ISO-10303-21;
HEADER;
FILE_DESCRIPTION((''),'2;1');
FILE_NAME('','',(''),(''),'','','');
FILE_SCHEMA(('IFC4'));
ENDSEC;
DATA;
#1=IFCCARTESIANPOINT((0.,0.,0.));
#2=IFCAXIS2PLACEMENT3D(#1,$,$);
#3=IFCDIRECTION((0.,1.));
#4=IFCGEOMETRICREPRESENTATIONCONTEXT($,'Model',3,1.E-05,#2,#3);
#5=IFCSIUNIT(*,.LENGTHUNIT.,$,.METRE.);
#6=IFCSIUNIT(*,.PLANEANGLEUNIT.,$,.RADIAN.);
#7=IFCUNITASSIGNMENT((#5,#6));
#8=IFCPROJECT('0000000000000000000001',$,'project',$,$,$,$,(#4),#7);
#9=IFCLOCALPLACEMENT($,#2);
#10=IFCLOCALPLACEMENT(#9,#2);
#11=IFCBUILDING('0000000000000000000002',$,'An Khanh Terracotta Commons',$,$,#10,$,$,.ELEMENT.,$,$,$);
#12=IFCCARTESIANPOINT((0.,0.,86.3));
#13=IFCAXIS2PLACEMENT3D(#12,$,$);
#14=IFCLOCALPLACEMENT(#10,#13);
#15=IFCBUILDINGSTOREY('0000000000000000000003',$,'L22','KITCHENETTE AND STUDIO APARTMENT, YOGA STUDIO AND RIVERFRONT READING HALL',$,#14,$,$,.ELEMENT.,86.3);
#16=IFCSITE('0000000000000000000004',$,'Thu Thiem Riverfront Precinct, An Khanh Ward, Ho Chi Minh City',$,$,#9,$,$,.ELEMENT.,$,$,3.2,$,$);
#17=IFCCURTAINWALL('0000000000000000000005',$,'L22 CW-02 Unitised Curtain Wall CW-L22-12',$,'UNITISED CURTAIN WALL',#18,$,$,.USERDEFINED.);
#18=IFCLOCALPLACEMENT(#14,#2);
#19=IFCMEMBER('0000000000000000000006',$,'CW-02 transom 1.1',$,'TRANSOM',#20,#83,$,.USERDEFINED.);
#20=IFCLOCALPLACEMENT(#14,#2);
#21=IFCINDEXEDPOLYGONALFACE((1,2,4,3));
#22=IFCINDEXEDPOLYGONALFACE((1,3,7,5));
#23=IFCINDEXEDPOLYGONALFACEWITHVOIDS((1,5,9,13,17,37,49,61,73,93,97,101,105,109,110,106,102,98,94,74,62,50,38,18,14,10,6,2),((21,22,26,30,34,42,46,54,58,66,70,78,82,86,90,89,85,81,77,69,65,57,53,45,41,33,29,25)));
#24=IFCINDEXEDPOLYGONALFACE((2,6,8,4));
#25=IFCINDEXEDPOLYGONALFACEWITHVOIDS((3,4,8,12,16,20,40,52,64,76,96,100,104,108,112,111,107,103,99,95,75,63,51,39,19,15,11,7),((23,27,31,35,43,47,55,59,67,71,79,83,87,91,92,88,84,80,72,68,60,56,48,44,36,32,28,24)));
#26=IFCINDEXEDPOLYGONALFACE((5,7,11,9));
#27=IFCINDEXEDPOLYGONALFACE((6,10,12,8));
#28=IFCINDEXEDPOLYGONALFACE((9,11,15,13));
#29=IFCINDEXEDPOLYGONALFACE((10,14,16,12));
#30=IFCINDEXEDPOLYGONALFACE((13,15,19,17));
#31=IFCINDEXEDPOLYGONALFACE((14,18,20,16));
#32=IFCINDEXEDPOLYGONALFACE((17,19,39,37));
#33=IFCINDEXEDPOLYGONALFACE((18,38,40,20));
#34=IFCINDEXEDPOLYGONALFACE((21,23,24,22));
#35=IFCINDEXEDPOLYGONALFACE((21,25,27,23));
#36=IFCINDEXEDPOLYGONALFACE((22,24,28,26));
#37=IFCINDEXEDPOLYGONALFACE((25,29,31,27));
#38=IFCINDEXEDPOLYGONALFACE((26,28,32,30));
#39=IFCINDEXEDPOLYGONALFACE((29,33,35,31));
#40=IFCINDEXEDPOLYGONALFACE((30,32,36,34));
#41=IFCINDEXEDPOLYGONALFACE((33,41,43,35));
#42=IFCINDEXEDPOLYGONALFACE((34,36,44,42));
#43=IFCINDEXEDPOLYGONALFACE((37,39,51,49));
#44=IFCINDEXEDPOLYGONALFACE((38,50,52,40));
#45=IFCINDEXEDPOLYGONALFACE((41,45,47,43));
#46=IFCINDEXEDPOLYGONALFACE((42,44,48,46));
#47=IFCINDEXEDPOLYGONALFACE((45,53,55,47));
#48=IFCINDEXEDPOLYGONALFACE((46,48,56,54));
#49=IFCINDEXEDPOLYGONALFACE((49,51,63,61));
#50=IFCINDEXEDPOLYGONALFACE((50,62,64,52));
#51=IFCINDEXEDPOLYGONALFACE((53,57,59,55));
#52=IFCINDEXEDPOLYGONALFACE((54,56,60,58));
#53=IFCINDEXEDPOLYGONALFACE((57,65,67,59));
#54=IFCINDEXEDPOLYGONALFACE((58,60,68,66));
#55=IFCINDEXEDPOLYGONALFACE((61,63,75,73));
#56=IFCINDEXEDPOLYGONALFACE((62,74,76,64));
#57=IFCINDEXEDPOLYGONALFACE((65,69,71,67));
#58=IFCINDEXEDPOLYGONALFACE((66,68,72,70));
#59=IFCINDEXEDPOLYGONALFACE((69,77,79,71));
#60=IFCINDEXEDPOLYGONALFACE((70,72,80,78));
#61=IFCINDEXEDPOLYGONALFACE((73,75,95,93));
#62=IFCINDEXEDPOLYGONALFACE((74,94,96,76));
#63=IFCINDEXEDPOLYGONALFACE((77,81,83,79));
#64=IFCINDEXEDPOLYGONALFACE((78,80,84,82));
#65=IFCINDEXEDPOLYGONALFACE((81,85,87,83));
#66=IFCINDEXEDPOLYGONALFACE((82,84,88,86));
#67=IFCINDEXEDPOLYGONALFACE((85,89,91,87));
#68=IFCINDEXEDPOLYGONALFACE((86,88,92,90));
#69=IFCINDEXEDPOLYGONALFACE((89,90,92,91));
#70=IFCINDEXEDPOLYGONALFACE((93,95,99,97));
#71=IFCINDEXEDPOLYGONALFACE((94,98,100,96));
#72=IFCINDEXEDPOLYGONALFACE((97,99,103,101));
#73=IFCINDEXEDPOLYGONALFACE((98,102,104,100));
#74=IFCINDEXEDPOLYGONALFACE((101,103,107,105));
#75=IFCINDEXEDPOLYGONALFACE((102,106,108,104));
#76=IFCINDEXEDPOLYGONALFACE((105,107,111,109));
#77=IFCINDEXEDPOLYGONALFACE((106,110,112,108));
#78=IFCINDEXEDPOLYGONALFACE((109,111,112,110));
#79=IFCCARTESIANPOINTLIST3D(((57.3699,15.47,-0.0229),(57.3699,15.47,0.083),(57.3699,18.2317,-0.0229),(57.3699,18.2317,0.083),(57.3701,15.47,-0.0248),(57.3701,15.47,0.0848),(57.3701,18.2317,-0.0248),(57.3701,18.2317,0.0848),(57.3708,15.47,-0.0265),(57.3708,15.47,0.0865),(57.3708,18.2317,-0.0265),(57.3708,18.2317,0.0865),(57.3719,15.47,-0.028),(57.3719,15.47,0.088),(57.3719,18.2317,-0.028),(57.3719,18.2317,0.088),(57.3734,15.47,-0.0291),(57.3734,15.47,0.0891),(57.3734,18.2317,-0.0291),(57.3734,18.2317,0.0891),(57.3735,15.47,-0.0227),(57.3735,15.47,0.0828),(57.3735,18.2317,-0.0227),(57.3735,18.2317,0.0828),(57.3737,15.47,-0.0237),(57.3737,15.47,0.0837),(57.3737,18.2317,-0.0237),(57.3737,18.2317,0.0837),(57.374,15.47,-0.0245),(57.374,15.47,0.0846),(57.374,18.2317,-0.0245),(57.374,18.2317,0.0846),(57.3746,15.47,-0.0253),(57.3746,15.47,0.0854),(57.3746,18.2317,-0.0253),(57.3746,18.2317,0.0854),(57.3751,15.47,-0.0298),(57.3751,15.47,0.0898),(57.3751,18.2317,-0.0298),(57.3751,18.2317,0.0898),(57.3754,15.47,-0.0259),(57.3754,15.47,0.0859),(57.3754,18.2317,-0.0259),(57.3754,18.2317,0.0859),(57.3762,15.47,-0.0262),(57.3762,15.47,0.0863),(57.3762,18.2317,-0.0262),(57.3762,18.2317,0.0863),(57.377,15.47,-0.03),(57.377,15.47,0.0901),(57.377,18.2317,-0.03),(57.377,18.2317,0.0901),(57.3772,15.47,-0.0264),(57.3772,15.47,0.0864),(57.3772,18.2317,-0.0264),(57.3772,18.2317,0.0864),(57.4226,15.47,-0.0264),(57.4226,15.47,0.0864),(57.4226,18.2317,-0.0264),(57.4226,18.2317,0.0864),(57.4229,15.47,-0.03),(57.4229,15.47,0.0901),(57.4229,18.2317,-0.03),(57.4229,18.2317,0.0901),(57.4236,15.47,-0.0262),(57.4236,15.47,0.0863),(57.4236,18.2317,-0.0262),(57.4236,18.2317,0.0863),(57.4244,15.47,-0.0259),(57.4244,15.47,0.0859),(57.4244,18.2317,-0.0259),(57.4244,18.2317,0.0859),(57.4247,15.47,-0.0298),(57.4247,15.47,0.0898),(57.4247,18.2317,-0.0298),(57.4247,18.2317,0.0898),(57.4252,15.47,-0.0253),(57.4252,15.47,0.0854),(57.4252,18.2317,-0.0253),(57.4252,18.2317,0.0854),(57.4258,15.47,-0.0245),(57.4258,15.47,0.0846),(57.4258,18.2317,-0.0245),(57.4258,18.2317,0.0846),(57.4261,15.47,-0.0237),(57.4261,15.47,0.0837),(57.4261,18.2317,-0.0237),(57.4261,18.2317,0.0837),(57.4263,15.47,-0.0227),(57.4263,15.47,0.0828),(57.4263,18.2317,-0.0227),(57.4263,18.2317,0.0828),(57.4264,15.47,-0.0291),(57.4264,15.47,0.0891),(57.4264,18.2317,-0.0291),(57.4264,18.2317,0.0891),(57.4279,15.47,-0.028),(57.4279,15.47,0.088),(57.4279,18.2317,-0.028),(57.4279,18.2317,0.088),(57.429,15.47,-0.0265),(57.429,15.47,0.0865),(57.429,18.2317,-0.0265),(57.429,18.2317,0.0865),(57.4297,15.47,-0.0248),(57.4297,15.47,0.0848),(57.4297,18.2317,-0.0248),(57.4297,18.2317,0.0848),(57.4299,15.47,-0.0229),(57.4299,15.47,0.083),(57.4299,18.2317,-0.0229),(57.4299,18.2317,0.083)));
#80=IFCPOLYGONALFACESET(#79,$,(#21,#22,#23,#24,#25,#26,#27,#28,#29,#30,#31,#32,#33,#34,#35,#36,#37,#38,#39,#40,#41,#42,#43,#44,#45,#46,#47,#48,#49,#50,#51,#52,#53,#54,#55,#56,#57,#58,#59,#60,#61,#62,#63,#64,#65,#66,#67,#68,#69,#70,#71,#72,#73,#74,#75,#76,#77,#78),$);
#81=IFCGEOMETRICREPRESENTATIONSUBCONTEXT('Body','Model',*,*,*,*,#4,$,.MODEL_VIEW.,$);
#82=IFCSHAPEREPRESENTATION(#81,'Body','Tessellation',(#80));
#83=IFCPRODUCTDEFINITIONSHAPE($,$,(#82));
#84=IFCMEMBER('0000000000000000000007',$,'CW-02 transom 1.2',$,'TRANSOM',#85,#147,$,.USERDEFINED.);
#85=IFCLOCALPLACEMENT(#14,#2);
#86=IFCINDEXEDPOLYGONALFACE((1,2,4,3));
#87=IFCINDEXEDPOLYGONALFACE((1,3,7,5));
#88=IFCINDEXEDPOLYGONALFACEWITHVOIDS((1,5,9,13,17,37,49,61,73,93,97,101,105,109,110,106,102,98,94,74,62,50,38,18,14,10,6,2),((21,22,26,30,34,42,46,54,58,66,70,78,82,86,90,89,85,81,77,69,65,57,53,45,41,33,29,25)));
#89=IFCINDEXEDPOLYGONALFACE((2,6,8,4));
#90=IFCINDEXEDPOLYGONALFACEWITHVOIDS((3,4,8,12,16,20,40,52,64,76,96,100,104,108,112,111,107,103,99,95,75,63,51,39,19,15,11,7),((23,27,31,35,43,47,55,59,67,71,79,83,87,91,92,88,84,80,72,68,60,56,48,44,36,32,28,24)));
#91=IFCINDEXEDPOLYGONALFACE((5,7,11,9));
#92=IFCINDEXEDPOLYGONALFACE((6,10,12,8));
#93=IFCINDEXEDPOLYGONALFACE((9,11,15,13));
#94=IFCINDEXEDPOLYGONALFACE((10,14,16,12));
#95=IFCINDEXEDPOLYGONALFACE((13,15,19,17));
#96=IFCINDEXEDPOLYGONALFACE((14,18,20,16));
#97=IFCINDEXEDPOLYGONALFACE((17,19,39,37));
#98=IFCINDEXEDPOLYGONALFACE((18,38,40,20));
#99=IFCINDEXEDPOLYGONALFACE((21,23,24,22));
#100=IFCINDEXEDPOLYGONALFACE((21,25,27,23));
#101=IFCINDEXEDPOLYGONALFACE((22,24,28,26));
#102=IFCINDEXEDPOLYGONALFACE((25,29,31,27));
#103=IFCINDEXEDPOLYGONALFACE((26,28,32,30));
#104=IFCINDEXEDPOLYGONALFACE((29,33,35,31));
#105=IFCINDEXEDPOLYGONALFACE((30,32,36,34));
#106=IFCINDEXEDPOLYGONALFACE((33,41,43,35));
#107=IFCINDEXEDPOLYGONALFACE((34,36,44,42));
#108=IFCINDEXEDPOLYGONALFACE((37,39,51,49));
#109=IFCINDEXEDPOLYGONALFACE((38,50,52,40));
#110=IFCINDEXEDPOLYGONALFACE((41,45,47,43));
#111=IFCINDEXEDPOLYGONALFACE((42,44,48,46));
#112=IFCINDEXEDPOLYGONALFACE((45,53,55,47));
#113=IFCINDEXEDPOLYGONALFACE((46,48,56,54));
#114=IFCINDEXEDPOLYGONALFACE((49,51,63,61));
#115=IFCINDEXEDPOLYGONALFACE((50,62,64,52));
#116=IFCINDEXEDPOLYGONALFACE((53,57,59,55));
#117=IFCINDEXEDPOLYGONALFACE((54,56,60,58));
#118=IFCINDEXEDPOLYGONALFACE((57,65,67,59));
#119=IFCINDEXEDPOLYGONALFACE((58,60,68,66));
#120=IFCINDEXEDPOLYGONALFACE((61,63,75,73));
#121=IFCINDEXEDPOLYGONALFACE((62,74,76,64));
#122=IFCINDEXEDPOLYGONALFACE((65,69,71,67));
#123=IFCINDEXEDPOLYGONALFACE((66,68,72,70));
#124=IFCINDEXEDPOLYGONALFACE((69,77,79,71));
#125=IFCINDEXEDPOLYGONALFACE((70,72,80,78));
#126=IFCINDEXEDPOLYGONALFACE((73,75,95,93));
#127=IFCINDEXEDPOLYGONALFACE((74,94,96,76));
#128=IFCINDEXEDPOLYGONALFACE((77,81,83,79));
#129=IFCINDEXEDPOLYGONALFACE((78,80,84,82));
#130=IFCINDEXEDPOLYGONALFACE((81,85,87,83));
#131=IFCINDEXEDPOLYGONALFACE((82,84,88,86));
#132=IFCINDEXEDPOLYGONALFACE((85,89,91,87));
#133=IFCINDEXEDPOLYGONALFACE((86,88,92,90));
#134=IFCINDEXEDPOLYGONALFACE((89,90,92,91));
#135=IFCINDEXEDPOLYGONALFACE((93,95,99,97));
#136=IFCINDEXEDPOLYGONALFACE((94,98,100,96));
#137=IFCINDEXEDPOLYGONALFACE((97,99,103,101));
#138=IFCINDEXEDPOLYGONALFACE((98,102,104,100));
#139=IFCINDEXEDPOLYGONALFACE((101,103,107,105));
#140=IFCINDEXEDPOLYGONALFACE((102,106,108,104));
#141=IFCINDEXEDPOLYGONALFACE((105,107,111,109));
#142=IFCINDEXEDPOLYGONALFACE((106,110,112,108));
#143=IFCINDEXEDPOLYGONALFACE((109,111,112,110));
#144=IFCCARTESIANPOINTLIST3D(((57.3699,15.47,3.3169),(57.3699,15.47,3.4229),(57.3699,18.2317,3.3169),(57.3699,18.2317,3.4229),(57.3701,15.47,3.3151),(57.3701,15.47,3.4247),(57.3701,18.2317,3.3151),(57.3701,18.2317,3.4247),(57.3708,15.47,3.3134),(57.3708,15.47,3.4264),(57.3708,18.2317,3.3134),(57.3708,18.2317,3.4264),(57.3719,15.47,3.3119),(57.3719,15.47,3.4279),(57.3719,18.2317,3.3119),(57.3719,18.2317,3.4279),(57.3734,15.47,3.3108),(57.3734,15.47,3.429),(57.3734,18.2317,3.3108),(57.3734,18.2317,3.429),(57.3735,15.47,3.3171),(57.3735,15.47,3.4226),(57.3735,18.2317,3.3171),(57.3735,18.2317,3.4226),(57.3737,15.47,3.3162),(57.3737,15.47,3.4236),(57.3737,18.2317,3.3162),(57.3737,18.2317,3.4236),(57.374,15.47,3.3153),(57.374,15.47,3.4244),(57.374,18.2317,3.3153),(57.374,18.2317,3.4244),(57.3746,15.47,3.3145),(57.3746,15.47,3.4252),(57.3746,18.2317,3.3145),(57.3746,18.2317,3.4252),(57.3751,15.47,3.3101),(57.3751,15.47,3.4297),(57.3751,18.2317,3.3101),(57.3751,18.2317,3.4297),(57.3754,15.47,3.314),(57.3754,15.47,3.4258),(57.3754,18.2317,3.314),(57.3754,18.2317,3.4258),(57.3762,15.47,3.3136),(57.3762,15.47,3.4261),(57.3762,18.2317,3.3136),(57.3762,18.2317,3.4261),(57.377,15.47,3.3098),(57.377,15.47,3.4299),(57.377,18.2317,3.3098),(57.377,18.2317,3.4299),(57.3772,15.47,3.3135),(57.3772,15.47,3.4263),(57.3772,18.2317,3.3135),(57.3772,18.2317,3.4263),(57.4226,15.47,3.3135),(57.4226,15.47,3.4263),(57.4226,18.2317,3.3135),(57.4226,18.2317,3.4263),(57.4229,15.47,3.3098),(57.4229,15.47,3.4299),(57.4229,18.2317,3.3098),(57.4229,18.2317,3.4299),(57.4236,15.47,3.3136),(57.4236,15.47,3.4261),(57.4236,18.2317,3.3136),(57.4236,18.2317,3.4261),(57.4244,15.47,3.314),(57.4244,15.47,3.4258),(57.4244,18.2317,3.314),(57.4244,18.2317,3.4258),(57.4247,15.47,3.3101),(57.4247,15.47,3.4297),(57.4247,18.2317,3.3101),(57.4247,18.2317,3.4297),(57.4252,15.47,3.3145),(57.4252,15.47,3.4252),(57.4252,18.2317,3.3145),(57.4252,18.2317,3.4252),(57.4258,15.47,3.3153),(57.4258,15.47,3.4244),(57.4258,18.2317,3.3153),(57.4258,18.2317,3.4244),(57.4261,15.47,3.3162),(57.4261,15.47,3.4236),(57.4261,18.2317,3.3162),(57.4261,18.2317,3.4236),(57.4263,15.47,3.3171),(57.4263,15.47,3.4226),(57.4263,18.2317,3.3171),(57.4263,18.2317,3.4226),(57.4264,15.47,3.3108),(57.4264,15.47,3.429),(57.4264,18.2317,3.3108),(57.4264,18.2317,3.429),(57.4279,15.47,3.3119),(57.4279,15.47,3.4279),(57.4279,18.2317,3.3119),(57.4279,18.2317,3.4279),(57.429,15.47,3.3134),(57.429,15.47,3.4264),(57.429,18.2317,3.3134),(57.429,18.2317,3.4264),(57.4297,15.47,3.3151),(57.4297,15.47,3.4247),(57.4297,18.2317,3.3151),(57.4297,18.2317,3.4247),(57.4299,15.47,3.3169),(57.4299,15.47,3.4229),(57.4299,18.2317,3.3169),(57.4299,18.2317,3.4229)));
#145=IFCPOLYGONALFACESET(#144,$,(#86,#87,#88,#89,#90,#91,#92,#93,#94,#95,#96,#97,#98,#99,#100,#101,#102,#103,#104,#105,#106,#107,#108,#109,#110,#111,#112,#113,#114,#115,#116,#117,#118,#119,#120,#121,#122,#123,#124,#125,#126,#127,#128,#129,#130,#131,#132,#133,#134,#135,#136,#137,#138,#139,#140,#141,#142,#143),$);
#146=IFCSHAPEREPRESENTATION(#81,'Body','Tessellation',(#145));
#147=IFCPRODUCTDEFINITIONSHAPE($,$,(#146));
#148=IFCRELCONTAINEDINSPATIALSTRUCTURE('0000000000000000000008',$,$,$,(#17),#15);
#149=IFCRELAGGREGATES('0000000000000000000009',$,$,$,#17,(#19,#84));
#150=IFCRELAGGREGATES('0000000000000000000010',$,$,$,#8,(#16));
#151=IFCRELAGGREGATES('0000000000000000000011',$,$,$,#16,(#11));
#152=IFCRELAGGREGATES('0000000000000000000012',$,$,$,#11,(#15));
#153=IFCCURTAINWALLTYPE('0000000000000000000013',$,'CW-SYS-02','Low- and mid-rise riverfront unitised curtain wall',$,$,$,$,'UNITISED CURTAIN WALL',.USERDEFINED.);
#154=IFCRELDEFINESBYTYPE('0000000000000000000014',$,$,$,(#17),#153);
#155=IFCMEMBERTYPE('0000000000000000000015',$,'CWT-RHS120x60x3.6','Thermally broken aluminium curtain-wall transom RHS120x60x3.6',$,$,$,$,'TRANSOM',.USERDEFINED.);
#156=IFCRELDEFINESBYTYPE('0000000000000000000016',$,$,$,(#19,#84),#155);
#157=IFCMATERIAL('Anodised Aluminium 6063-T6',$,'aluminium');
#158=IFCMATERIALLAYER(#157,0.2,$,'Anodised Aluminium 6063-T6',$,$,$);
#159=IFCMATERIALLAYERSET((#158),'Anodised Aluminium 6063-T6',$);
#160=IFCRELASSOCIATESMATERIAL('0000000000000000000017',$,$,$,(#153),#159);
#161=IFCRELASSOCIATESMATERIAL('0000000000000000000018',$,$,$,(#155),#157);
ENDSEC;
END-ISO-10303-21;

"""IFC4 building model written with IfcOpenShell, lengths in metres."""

from ifc_helpers import new_model, si_unit, direction, frame, origin, origin_2d, place, context, subcontext, project, spatial, hollow_rectangle, extrude, material, layer, layer_set, material_profile, profile_set, type_object, element, aggregate, save


model = new_model("IFC4")

# Units and contexts
model_context = context("Model", 3, precision=1e-05, world=origin(), true_north=direction((0.0, 1.0)))
body_context = subcontext(model_context, "Body", "Model", "MODEL_VIEW")
ifc_project = project(units=[si_unit("LENGTHUNIT", "METRE"), si_unit("PLANEANGLEUNIT", "RADIAN")], contexts=[model_context])

# Site, building, storey
site_placement = place(None, origin())
site = spatial("IfcSite", under=ifc_project, at=site_placement, Name="Thu Thiem Riverfront Precinct, An Khanh Ward, Ho Chi Minh City", CompositionType="ELEMENT", RefElevation=3.2)
building_placement = place(site_placement, origin())
building = spatial("IfcBuilding", under=site, at=building_placement, Name="An Khanh Terracotta Commons", CompositionType="ELEMENT")
storey_placement = place(building_placement, frame((0.0, 0.0, 86.3)))
storey = spatial("IfcBuildingStorey", under=building, at=storey_placement, Name="L22", Description="KITCHENETTE AND STUDIO APARTMENT, YOGA STUDIO AND RIVERFRONT READING HALL", CompositionType="ELEMENT", Elevation=86.3)

# Curtain wall
ifc_material_1 = material(Name="Anodised Aluminium 6063-T6", Category="aluminium")
ifc_layer_1 = layer(ifc_material_1, 0.2, Name="Anodised Aluminium 6063-T6")
ifc_layer_set_1 = layer_set([ifc_layer_1], Name="Anodised Aluminium 6063-T6")
curtain_wall_type = type_object("IfcCurtainWallType", Name="CW-SYS-02", Description="Low- and mid-rise riverfront unitised curtain wall", ElementType="UNITISED CURTAIN WALL", PredefinedType="USERDEFINED", material=ifc_layer_set_1)
curtain_wall_1_placement = place(storey_placement, origin())
curtain_wall_1 = element("IfcCurtainWall", 1, at=curtain_wall_1_placement, inside=storey, type_object=curtain_wall_type, Name="L22 CW-02 Unitised Curtain Wall CW-L22-12", ObjectType="UNITISED CURTAIN WALL", PredefinedType="USERDEFINED")

# Members
ifc_material_profile_1 = material_profile(ifc_material_1, hollow_rectangle(XDim=0.0601, YDim=0.1201, WallThickness=0.0037, InnerFilletRadius=0.0037, OuterFilletRadius=0.0071, at=origin_2d()), Name="RHS120x60x3.6")
ifc_profile_set_1 = profile_set([ifc_material_profile_1], Name="Anodised Aluminium 6063-T6")
member_type_1 = type_object("IfcMemberType", Name="CWT-RHS120x60x3.6", Description="Thermally broken aluminium curtain-wall transom RHS120x60x3.6", ElementType="TRANSOM", PredefinedType="USERDEFINED", material=ifc_profile_set_1)
member_1_placement = place(storey_placement, frame((57.3999, 15.47, 0.03), z_axis=(0.0, 1.0, 0.0), x_axis=(-1.0, 0.0, 0.0)))
member_1 = element("IfcMember", 2, at=member_1_placement, type_object=member_type_1, Name="CW-02 transom 1.1", ObjectType="TRANSOM", PredefinedType="USERDEFINED", context=body_context, shape_type="SweptSolid", body=[
    extrude(hollow_rectangle(XDim=0.0601, YDim=0.1201, WallThickness=0.0037, InnerFilletRadius=0.0037, OuterFilletRadius=0.0071, at=origin_2d()), origin(), (0.0, 0.0, 1.0), 2.7617),
])
member_2_placement = place(storey_placement, frame((57.3999, 15.47, 3.3699), z_axis=(0.0, 1.0, 0.0), x_axis=(-1.0, 0.0, 0.0)))
member_2 = element("IfcMember", 3, at=member_2_placement, type_object=member_type_1, Name="CW-02 transom 1.2", ObjectType="TRANSOM", PredefinedType="USERDEFINED", context=body_context, shape_type="SweptSolid", body=[
    extrude(hollow_rectangle(XDim=0.0601, YDim=0.1201, WallThickness=0.0037, InnerFilletRadius=0.0037, OuterFilletRadius=0.0071, at=origin_2d()), origin(), (0.0, 0.0, 1.0), 2.7617),
])

aggregate(curtain_wall_1, [member_1, member_2])

save(model, "model.ifc")
